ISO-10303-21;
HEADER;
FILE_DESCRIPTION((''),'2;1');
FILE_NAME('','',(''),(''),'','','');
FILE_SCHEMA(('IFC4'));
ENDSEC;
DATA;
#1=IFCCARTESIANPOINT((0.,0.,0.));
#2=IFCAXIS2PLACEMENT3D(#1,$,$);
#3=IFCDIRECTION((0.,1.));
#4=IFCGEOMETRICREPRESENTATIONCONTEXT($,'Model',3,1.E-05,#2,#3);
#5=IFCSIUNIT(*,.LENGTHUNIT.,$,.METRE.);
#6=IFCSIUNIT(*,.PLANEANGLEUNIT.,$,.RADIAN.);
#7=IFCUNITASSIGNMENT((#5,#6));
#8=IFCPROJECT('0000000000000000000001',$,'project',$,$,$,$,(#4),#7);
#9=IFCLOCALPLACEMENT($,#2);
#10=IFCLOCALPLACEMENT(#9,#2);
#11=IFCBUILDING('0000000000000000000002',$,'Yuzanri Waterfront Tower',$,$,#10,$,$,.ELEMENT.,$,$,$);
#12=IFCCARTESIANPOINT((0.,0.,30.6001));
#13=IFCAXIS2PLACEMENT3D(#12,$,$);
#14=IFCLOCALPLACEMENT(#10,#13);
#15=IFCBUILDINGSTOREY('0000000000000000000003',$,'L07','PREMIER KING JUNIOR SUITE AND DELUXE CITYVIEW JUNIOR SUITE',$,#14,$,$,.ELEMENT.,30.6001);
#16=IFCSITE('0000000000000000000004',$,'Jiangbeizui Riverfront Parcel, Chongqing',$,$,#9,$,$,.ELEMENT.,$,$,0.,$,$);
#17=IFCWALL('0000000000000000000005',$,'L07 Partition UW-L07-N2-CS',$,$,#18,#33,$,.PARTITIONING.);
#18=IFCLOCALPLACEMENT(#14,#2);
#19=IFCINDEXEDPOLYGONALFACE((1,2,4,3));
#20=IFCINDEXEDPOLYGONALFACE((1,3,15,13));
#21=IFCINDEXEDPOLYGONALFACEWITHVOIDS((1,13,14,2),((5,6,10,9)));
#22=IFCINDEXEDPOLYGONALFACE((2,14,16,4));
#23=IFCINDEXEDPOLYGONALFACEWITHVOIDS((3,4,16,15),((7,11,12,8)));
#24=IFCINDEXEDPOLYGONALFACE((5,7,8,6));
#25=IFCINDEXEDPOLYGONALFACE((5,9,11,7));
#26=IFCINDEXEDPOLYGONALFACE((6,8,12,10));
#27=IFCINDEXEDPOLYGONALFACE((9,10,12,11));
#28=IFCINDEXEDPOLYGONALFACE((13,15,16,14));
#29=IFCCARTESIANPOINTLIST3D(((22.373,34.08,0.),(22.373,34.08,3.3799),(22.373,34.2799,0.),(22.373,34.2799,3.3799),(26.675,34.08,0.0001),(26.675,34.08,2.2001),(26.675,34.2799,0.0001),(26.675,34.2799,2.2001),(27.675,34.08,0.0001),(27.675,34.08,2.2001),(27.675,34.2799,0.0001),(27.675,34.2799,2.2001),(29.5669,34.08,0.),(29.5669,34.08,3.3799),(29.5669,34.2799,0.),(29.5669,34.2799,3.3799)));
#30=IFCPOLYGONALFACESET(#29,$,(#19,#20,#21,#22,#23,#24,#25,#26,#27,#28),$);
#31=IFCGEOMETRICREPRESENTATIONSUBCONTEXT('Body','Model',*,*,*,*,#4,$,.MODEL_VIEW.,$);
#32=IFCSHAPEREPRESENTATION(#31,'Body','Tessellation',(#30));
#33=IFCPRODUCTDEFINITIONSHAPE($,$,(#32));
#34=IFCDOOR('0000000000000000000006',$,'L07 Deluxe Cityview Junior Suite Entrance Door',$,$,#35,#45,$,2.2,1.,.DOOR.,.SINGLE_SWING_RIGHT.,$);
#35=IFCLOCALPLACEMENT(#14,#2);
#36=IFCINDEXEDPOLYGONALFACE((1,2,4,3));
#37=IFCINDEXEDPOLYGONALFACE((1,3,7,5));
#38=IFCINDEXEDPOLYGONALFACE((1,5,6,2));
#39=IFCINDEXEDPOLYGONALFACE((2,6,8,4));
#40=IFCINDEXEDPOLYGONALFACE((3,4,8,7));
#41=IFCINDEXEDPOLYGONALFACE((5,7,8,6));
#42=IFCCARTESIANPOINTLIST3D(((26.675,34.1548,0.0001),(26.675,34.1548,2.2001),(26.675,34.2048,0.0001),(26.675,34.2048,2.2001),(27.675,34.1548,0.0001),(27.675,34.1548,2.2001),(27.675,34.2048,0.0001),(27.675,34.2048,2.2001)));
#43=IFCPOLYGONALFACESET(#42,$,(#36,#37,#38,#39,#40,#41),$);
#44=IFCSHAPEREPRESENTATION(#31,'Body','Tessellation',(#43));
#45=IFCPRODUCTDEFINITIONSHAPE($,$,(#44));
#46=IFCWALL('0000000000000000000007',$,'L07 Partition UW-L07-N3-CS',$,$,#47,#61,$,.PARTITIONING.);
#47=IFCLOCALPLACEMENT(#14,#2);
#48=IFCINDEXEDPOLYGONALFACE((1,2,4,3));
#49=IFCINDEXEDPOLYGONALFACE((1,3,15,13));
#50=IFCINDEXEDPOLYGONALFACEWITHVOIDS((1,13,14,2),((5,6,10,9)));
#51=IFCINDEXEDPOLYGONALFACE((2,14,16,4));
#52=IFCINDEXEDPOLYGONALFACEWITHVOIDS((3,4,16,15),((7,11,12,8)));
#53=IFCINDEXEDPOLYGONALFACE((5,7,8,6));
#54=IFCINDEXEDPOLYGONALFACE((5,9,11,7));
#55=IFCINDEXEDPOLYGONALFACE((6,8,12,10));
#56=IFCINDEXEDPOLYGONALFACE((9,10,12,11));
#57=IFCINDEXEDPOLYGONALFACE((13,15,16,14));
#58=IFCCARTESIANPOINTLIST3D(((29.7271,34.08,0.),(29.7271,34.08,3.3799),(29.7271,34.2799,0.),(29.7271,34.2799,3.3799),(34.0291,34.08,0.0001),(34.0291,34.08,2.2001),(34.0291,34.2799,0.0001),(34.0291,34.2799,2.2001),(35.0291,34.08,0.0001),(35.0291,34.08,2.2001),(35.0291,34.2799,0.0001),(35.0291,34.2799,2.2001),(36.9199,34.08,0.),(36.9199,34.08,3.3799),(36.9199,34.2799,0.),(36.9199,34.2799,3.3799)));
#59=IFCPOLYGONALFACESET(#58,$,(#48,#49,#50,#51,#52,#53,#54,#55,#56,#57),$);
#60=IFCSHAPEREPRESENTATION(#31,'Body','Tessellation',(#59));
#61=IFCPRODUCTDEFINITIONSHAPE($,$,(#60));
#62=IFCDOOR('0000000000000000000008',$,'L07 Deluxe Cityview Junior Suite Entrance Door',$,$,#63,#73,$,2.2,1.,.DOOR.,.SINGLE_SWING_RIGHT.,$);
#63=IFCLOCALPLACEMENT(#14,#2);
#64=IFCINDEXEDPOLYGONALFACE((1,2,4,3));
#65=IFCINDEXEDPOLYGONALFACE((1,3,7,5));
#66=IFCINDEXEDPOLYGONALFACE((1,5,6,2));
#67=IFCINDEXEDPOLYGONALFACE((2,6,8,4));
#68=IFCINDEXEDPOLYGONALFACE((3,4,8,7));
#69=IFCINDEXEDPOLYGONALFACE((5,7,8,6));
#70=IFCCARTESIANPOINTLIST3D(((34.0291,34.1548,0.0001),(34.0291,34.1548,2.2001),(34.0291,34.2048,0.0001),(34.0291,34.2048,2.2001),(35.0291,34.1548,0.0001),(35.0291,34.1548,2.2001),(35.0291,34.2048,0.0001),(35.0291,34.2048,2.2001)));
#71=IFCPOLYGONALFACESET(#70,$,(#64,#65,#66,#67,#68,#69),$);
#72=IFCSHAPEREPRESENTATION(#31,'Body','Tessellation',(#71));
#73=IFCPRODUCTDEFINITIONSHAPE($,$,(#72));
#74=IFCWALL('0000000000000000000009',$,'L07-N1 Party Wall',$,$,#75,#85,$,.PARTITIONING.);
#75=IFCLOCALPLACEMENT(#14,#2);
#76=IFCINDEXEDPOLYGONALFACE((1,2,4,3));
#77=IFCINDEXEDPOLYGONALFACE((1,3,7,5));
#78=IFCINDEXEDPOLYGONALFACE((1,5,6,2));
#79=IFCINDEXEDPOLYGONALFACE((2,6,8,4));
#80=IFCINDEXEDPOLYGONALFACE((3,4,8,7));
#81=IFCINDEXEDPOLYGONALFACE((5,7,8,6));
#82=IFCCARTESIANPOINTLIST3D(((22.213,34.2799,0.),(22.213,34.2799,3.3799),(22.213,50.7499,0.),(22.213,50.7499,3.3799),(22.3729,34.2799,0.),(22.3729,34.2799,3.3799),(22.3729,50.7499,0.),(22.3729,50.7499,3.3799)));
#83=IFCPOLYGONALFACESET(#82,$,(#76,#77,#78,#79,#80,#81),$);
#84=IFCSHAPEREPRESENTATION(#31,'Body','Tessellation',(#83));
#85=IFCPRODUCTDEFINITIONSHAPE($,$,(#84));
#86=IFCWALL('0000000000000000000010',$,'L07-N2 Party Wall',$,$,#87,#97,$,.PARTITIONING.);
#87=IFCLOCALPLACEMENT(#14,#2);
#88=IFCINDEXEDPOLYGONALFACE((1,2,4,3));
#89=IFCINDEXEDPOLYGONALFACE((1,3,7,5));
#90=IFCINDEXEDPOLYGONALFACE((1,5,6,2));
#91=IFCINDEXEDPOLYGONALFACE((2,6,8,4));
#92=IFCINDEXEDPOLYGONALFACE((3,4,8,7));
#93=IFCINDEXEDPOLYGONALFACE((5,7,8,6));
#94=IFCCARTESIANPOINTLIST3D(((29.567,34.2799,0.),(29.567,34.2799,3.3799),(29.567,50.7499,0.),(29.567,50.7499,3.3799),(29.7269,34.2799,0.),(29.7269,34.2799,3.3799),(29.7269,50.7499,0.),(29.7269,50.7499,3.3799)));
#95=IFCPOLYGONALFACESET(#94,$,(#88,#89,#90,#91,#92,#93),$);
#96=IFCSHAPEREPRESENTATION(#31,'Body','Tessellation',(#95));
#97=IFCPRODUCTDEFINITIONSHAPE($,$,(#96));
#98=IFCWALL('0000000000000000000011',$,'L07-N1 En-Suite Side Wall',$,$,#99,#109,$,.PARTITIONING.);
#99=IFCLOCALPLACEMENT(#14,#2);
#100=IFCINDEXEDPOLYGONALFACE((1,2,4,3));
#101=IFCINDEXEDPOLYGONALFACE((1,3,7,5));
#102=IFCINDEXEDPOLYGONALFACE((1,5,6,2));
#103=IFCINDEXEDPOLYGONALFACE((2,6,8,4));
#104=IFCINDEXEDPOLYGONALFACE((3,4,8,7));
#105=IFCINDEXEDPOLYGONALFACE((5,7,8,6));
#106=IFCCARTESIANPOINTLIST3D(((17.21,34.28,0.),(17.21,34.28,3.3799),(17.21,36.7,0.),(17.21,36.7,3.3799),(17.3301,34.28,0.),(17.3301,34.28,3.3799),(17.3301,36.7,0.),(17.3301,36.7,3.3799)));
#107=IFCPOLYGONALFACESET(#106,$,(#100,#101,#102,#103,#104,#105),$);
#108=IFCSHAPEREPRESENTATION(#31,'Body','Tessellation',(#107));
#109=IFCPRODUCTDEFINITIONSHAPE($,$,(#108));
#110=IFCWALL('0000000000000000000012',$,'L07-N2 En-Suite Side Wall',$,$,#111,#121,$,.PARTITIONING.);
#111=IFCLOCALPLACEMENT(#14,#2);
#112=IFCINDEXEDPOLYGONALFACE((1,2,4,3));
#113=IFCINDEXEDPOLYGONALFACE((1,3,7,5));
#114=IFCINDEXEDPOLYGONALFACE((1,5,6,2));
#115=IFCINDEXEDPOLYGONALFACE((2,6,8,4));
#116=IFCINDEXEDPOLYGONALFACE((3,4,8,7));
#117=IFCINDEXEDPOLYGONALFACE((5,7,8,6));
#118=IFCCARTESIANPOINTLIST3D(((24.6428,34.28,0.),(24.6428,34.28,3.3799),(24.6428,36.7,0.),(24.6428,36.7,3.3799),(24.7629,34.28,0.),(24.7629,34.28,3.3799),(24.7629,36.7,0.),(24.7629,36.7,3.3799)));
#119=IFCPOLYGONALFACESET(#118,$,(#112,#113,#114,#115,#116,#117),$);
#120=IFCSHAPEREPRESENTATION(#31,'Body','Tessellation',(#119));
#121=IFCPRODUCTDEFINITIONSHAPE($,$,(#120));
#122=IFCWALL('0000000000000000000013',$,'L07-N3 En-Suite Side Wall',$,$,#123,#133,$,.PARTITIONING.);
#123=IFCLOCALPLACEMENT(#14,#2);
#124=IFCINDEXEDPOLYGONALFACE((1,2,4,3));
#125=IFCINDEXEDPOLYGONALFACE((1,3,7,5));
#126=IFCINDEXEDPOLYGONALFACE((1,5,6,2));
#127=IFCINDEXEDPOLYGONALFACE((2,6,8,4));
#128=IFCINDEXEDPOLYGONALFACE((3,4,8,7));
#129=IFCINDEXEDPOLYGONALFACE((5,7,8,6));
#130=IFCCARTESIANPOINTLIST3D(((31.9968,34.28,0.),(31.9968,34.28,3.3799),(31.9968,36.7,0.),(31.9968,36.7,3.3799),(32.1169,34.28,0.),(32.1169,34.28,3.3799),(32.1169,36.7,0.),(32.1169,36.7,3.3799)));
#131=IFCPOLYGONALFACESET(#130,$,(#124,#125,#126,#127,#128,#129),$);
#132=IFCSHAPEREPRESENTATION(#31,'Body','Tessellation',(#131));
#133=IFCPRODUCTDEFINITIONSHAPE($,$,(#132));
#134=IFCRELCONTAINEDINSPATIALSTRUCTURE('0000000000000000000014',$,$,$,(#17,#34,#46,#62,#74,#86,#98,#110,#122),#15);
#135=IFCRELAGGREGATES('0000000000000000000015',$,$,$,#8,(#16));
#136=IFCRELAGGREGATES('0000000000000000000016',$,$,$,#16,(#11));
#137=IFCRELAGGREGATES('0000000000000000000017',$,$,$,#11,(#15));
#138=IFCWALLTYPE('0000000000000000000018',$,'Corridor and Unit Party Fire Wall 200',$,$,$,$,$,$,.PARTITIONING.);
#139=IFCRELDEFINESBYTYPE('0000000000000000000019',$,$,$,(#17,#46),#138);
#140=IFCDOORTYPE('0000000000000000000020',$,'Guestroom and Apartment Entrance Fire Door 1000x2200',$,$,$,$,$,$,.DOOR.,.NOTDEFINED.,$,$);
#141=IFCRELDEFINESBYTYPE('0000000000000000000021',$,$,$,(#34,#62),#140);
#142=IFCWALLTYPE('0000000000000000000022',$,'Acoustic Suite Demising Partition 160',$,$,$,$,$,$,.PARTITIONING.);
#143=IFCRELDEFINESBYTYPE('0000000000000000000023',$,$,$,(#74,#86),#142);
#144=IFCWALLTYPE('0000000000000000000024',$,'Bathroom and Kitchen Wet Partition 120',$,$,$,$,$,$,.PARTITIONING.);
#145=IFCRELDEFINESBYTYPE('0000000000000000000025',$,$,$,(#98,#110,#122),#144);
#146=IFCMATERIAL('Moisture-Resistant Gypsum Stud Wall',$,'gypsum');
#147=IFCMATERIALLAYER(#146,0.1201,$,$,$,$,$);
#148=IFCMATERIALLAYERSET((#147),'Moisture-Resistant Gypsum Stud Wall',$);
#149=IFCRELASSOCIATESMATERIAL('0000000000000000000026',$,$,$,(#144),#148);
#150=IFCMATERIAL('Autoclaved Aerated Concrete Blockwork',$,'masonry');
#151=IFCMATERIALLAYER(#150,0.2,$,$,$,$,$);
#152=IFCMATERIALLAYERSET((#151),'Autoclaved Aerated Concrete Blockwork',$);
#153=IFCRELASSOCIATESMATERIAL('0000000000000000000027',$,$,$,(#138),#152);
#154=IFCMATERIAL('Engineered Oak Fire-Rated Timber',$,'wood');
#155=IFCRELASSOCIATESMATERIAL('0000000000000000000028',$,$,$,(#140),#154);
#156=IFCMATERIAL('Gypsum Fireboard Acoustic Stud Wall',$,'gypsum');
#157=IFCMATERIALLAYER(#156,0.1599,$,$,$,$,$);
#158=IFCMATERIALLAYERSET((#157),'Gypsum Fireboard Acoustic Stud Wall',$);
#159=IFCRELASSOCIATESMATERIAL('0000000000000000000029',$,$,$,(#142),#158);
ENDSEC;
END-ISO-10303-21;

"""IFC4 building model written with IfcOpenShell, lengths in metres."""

from ifc_helpers import new_model, si_unit, direction, frame, frame_2d, origin, place, context, subcontext, project, spatial, rectangle, extrude, source, transform, mapped, material, layer, layer_set, type_object, element, fill, save


model = new_model("IFC4")

# Units and contexts
model_context = context("Model", 3, precision=1e-05, world=origin(), true_north=direction((0.0, 1.0)))
body_context = subcontext(model_context, "Body", "Model", "MODEL_VIEW")
ifc_project = project(units=[si_unit("LENGTHUNIT", "METRE"), si_unit("PLANEANGLEUNIT", "RADIAN")], contexts=[model_context])

# Site, building, storey
site_placement = place(None, origin())
site = spatial("IfcSite", under=ifc_project, at=site_placement, Name="Jiangbeizui Riverfront Parcel, Chongqing", CompositionType="ELEMENT", RefElevation=0.0)
building_placement = place(site_placement, origin())
building = spatial("IfcBuilding", under=site, at=building_placement, Name="Yuzanri Waterfront Tower", CompositionType="ELEMENT")
storey_placement = place(building_placement, frame((0.0, 0.0, 30.6001)))
storey = spatial("IfcBuildingStorey", under=building, at=storey_placement, Name="L07", Description="PREMIER KING JUNIOR SUITE AND DELUXE CITYVIEW JUNIOR SUITE", CompositionType="ELEMENT", Elevation=30.6001)

# Walls, openings, doors
ifc_material_1 = material(Name="Moisture-Resistant Gypsum Stud Wall", Category="gypsum")
ifc_layer_1 = layer(ifc_material_1, 0.1201)
ifc_layer_set_1 = layer_set([ifc_layer_1], Name="Moisture-Resistant Gypsum Stud Wall")
wall_type_1 = type_object("IfcWallType", Name="Bathroom and Kitchen Wet Partition 120", PredefinedType="PARTITIONING", material=ifc_layer_set_1)
ifc_material_2 = material(Name="Autoclaved Aerated Concrete Blockwork", Category="masonry")
ifc_layer_2 = layer(ifc_material_2, 0.2)
ifc_layer_set_2 = layer_set([ifc_layer_2], Name="Autoclaved Aerated Concrete Blockwork")
wall_type_2 = type_object("IfcWallType", Name="Corridor and Unit Party Fire Wall 200", PredefinedType="PARTITIONING", material=ifc_layer_set_2)
wall_1_placement = place(storey_placement, frame((22.373, 34.1799, 0.0), z_axis=(0.0, 0.0, 1.0), x_axis=(1.0, 0.0, 0.0)))
wall_1 = element("IfcWall", 1, at=wall_1_placement, inside=storey, type_object=wall_type_2, Name="L07 Partition UW-L07-N2-CS", PredefinedType="PARTITIONING", context=body_context, shape_type="SweptSolid", body=[
    extrude(rectangle(XDim=7.1938, YDim=0.2, at=frame_2d((3.5969, 0.0))), origin(), (0.0, 0.0, 1.0), 3.3799),
])
opening_1_placement = place(wall_1_placement, frame((4.302, 0.0, 0.0)))
opening_1 = element("IfcOpeningElement", 2, at=opening_1_placement, cuts=wall_1, PredefinedType="OPENING", context=body_context, shape_type="SweptSolid", body=[
    extrude(rectangle(XDim=1.0, YDim=2.2, at=frame_2d((0.5, 1.1001))), frame((0.0, 0.1147, 0.0), z_axis=(0.0, -1.0, 0.0), x_axis=(1.0, 0.0, 0.0)), (0.0, 0.0, 1.0), 0.2297),
])
ifc_material_3 = material(Name="Engineered Oak Fire-Rated Timber", Category="wood")
door_type_1 = type_object("IfcDoorType", Name="Guestroom and Apartment Entrance Fire Door 1000x2200", OperationType="NOTDEFINED", PredefinedType="DOOR", material=ifc_material_3)
shared_shape_1 = source(origin(), body_context, "Body", "SweptSolid", [
    extrude(rectangle(XDim=1.0, YDim=2.2, at=frame_2d((0.5, 1.1001))), frame((0.0, 0.0249, 0.0), z_axis=(0.0, -1.0, 0.0), x_axis=(1.0, 0.0, 0.0)), (0.0, 0.0, 1.0), 0.05),
])
door_1_placement = place(opening_1_placement, origin())
door_1 = element("IfcDoor", 3, at=door_1_placement, inside=storey, type_object=door_type_1, Name="L07 Deluxe Cityview Junior Suite Entrance Door", OperationType="SINGLE_SWING_RIGHT", OverallHeight=2.2, OverallWidth=1.0, PredefinedType="DOOR", context=body_context, shape_type="MappedRepresentation", body=[
    mapped(shared_shape_1, transform((0.0, 0.0, 0.0), scale=1.0)),
])
fill(opening_1, door_1)
wall_2_placement = place(storey_placement, frame((29.7271, 34.1799, 0.0), z_axis=(0.0, 0.0, 1.0), x_axis=(1.0, 0.0, 0.0)))
wall_2 = element("IfcWall", 4, at=wall_2_placement, inside=storey, type_object=wall_type_2, Name="L07 Partition UW-L07-N3-CS", PredefinedType="PARTITIONING", context=body_context, shape_type="SweptSolid", body=[
    extrude(rectangle(XDim=7.1929, YDim=0.2, at=frame_2d((3.5964, 0.0))), origin(), (0.0, 0.0, 1.0), 3.3799),
])
opening_2_placement = place(wall_2_placement, frame((4.302, 0.0, 0.0)))
opening_2 = element("IfcOpeningElement", 5, at=opening_2_placement, cuts=wall_2, PredefinedType="OPENING", context=body_context, shape_type="SweptSolid", body=[
    extrude(rectangle(XDim=1.0, YDim=2.2, at=frame_2d((0.5, 1.1001))), frame((0.0, 0.1147, 0.0), z_axis=(0.0, -1.0, 0.0), x_axis=(1.0, 0.0, 0.0)), (0.0, 0.0, 1.0), 0.2297),
])
door_2_placement = place(opening_2_placement, origin())
door_2 = element("IfcDoor", 6, at=door_2_placement, inside=storey, type_object=door_type_1, Name="L07 Deluxe Cityview Junior Suite Entrance Door", OperationType="SINGLE_SWING_RIGHT", OverallHeight=2.2, OverallWidth=1.0, PredefinedType="DOOR", context=body_context, shape_type="MappedRepresentation", body=[
    mapped(shared_shape_1, transform((0.0, 0.0, 0.0), scale=1.0)),
])
fill(opening_2, door_2)

# Walls
ifc_material_4 = material(Name="Gypsum Fireboard Acoustic Stud Wall", Category="gypsum")
ifc_layer_3 = layer(ifc_material_4, 0.1599)
ifc_layer_set_3 = layer_set([ifc_layer_3], Name="Gypsum Fireboard Acoustic Stud Wall")
wall_type_3 = type_object("IfcWallType", Name="Acoustic Suite Demising Partition 160", PredefinedType="PARTITIONING", material=ifc_layer_set_3)
shared_shape_2 = source(origin(), body_context, "Body", "SweptSolid", [
    extrude(rectangle(XDim=16.47, YDim=0.1599, at=frame_2d((8.2349, 0.0))), origin(), (0.0, 0.0, 1.0), 3.3799),
])
for number, where, z_axis, x_axis, name in (
    (7, (22.293, 34.28, 0.0), (0.0, 0.0, 1.0), (0.0, 1.0, 0.0), "L07-N1 Party Wall"),
    (8, (29.647, 34.28, 0.0), (0.0, 0.0, 1.0), (0.0, 1.0, 0.0), "L07-N2 Party Wall"),
):
    element("IfcWall", number, at=place(storey_placement, frame(where, z_axis=z_axis, x_axis=x_axis)), inside=storey, type_object=wall_type_3, Name=name, PredefinedType="PARTITIONING", context=body_context, shape_type="MappedRepresentation", body=[
        mapped(shared_shape_2, transform((0.0, 0.0, 0.0), scale=1.0)),
    ])
shared_shape_3 = source(origin(), body_context, "Body", "SweptSolid", [
    extrude(rectangle(XDim=2.4199, YDim=0.1201, at=frame_2d((1.21, 0.0))), origin(), (0.0, 0.0, 1.0), 3.3799),
])
for number, where, z_axis, x_axis, name in (
    (9, (17.27, 34.28, 0.0), (0.0, 0.0, 1.0), (0.0, 1.0, 0.0), "L07-N1 En-Suite Side Wall"),
    (10, (24.7029, 34.28, 0.0), (0.0, 0.0, 1.0), (0.0, 1.0, 0.0), "L07-N2 En-Suite Side Wall"),
    (11, (32.0569, 34.28, 0.0), (0.0, 0.0, 1.0), (0.0, 1.0, 0.0), "L07-N3 En-Suite Side Wall"),
):
    element("IfcWall", number, at=place(storey_placement, frame(where, z_axis=z_axis, x_axis=x_axis)), inside=storey, type_object=wall_type_1, Name=name, PredefinedType="PARTITIONING", context=body_context, shape_type="MappedRepresentation", body=[
        mapped(shared_shape_3, transform((0.0, 0.0, 0.0), scale=1.0)),
    ])

save(model, "model.ifc")
